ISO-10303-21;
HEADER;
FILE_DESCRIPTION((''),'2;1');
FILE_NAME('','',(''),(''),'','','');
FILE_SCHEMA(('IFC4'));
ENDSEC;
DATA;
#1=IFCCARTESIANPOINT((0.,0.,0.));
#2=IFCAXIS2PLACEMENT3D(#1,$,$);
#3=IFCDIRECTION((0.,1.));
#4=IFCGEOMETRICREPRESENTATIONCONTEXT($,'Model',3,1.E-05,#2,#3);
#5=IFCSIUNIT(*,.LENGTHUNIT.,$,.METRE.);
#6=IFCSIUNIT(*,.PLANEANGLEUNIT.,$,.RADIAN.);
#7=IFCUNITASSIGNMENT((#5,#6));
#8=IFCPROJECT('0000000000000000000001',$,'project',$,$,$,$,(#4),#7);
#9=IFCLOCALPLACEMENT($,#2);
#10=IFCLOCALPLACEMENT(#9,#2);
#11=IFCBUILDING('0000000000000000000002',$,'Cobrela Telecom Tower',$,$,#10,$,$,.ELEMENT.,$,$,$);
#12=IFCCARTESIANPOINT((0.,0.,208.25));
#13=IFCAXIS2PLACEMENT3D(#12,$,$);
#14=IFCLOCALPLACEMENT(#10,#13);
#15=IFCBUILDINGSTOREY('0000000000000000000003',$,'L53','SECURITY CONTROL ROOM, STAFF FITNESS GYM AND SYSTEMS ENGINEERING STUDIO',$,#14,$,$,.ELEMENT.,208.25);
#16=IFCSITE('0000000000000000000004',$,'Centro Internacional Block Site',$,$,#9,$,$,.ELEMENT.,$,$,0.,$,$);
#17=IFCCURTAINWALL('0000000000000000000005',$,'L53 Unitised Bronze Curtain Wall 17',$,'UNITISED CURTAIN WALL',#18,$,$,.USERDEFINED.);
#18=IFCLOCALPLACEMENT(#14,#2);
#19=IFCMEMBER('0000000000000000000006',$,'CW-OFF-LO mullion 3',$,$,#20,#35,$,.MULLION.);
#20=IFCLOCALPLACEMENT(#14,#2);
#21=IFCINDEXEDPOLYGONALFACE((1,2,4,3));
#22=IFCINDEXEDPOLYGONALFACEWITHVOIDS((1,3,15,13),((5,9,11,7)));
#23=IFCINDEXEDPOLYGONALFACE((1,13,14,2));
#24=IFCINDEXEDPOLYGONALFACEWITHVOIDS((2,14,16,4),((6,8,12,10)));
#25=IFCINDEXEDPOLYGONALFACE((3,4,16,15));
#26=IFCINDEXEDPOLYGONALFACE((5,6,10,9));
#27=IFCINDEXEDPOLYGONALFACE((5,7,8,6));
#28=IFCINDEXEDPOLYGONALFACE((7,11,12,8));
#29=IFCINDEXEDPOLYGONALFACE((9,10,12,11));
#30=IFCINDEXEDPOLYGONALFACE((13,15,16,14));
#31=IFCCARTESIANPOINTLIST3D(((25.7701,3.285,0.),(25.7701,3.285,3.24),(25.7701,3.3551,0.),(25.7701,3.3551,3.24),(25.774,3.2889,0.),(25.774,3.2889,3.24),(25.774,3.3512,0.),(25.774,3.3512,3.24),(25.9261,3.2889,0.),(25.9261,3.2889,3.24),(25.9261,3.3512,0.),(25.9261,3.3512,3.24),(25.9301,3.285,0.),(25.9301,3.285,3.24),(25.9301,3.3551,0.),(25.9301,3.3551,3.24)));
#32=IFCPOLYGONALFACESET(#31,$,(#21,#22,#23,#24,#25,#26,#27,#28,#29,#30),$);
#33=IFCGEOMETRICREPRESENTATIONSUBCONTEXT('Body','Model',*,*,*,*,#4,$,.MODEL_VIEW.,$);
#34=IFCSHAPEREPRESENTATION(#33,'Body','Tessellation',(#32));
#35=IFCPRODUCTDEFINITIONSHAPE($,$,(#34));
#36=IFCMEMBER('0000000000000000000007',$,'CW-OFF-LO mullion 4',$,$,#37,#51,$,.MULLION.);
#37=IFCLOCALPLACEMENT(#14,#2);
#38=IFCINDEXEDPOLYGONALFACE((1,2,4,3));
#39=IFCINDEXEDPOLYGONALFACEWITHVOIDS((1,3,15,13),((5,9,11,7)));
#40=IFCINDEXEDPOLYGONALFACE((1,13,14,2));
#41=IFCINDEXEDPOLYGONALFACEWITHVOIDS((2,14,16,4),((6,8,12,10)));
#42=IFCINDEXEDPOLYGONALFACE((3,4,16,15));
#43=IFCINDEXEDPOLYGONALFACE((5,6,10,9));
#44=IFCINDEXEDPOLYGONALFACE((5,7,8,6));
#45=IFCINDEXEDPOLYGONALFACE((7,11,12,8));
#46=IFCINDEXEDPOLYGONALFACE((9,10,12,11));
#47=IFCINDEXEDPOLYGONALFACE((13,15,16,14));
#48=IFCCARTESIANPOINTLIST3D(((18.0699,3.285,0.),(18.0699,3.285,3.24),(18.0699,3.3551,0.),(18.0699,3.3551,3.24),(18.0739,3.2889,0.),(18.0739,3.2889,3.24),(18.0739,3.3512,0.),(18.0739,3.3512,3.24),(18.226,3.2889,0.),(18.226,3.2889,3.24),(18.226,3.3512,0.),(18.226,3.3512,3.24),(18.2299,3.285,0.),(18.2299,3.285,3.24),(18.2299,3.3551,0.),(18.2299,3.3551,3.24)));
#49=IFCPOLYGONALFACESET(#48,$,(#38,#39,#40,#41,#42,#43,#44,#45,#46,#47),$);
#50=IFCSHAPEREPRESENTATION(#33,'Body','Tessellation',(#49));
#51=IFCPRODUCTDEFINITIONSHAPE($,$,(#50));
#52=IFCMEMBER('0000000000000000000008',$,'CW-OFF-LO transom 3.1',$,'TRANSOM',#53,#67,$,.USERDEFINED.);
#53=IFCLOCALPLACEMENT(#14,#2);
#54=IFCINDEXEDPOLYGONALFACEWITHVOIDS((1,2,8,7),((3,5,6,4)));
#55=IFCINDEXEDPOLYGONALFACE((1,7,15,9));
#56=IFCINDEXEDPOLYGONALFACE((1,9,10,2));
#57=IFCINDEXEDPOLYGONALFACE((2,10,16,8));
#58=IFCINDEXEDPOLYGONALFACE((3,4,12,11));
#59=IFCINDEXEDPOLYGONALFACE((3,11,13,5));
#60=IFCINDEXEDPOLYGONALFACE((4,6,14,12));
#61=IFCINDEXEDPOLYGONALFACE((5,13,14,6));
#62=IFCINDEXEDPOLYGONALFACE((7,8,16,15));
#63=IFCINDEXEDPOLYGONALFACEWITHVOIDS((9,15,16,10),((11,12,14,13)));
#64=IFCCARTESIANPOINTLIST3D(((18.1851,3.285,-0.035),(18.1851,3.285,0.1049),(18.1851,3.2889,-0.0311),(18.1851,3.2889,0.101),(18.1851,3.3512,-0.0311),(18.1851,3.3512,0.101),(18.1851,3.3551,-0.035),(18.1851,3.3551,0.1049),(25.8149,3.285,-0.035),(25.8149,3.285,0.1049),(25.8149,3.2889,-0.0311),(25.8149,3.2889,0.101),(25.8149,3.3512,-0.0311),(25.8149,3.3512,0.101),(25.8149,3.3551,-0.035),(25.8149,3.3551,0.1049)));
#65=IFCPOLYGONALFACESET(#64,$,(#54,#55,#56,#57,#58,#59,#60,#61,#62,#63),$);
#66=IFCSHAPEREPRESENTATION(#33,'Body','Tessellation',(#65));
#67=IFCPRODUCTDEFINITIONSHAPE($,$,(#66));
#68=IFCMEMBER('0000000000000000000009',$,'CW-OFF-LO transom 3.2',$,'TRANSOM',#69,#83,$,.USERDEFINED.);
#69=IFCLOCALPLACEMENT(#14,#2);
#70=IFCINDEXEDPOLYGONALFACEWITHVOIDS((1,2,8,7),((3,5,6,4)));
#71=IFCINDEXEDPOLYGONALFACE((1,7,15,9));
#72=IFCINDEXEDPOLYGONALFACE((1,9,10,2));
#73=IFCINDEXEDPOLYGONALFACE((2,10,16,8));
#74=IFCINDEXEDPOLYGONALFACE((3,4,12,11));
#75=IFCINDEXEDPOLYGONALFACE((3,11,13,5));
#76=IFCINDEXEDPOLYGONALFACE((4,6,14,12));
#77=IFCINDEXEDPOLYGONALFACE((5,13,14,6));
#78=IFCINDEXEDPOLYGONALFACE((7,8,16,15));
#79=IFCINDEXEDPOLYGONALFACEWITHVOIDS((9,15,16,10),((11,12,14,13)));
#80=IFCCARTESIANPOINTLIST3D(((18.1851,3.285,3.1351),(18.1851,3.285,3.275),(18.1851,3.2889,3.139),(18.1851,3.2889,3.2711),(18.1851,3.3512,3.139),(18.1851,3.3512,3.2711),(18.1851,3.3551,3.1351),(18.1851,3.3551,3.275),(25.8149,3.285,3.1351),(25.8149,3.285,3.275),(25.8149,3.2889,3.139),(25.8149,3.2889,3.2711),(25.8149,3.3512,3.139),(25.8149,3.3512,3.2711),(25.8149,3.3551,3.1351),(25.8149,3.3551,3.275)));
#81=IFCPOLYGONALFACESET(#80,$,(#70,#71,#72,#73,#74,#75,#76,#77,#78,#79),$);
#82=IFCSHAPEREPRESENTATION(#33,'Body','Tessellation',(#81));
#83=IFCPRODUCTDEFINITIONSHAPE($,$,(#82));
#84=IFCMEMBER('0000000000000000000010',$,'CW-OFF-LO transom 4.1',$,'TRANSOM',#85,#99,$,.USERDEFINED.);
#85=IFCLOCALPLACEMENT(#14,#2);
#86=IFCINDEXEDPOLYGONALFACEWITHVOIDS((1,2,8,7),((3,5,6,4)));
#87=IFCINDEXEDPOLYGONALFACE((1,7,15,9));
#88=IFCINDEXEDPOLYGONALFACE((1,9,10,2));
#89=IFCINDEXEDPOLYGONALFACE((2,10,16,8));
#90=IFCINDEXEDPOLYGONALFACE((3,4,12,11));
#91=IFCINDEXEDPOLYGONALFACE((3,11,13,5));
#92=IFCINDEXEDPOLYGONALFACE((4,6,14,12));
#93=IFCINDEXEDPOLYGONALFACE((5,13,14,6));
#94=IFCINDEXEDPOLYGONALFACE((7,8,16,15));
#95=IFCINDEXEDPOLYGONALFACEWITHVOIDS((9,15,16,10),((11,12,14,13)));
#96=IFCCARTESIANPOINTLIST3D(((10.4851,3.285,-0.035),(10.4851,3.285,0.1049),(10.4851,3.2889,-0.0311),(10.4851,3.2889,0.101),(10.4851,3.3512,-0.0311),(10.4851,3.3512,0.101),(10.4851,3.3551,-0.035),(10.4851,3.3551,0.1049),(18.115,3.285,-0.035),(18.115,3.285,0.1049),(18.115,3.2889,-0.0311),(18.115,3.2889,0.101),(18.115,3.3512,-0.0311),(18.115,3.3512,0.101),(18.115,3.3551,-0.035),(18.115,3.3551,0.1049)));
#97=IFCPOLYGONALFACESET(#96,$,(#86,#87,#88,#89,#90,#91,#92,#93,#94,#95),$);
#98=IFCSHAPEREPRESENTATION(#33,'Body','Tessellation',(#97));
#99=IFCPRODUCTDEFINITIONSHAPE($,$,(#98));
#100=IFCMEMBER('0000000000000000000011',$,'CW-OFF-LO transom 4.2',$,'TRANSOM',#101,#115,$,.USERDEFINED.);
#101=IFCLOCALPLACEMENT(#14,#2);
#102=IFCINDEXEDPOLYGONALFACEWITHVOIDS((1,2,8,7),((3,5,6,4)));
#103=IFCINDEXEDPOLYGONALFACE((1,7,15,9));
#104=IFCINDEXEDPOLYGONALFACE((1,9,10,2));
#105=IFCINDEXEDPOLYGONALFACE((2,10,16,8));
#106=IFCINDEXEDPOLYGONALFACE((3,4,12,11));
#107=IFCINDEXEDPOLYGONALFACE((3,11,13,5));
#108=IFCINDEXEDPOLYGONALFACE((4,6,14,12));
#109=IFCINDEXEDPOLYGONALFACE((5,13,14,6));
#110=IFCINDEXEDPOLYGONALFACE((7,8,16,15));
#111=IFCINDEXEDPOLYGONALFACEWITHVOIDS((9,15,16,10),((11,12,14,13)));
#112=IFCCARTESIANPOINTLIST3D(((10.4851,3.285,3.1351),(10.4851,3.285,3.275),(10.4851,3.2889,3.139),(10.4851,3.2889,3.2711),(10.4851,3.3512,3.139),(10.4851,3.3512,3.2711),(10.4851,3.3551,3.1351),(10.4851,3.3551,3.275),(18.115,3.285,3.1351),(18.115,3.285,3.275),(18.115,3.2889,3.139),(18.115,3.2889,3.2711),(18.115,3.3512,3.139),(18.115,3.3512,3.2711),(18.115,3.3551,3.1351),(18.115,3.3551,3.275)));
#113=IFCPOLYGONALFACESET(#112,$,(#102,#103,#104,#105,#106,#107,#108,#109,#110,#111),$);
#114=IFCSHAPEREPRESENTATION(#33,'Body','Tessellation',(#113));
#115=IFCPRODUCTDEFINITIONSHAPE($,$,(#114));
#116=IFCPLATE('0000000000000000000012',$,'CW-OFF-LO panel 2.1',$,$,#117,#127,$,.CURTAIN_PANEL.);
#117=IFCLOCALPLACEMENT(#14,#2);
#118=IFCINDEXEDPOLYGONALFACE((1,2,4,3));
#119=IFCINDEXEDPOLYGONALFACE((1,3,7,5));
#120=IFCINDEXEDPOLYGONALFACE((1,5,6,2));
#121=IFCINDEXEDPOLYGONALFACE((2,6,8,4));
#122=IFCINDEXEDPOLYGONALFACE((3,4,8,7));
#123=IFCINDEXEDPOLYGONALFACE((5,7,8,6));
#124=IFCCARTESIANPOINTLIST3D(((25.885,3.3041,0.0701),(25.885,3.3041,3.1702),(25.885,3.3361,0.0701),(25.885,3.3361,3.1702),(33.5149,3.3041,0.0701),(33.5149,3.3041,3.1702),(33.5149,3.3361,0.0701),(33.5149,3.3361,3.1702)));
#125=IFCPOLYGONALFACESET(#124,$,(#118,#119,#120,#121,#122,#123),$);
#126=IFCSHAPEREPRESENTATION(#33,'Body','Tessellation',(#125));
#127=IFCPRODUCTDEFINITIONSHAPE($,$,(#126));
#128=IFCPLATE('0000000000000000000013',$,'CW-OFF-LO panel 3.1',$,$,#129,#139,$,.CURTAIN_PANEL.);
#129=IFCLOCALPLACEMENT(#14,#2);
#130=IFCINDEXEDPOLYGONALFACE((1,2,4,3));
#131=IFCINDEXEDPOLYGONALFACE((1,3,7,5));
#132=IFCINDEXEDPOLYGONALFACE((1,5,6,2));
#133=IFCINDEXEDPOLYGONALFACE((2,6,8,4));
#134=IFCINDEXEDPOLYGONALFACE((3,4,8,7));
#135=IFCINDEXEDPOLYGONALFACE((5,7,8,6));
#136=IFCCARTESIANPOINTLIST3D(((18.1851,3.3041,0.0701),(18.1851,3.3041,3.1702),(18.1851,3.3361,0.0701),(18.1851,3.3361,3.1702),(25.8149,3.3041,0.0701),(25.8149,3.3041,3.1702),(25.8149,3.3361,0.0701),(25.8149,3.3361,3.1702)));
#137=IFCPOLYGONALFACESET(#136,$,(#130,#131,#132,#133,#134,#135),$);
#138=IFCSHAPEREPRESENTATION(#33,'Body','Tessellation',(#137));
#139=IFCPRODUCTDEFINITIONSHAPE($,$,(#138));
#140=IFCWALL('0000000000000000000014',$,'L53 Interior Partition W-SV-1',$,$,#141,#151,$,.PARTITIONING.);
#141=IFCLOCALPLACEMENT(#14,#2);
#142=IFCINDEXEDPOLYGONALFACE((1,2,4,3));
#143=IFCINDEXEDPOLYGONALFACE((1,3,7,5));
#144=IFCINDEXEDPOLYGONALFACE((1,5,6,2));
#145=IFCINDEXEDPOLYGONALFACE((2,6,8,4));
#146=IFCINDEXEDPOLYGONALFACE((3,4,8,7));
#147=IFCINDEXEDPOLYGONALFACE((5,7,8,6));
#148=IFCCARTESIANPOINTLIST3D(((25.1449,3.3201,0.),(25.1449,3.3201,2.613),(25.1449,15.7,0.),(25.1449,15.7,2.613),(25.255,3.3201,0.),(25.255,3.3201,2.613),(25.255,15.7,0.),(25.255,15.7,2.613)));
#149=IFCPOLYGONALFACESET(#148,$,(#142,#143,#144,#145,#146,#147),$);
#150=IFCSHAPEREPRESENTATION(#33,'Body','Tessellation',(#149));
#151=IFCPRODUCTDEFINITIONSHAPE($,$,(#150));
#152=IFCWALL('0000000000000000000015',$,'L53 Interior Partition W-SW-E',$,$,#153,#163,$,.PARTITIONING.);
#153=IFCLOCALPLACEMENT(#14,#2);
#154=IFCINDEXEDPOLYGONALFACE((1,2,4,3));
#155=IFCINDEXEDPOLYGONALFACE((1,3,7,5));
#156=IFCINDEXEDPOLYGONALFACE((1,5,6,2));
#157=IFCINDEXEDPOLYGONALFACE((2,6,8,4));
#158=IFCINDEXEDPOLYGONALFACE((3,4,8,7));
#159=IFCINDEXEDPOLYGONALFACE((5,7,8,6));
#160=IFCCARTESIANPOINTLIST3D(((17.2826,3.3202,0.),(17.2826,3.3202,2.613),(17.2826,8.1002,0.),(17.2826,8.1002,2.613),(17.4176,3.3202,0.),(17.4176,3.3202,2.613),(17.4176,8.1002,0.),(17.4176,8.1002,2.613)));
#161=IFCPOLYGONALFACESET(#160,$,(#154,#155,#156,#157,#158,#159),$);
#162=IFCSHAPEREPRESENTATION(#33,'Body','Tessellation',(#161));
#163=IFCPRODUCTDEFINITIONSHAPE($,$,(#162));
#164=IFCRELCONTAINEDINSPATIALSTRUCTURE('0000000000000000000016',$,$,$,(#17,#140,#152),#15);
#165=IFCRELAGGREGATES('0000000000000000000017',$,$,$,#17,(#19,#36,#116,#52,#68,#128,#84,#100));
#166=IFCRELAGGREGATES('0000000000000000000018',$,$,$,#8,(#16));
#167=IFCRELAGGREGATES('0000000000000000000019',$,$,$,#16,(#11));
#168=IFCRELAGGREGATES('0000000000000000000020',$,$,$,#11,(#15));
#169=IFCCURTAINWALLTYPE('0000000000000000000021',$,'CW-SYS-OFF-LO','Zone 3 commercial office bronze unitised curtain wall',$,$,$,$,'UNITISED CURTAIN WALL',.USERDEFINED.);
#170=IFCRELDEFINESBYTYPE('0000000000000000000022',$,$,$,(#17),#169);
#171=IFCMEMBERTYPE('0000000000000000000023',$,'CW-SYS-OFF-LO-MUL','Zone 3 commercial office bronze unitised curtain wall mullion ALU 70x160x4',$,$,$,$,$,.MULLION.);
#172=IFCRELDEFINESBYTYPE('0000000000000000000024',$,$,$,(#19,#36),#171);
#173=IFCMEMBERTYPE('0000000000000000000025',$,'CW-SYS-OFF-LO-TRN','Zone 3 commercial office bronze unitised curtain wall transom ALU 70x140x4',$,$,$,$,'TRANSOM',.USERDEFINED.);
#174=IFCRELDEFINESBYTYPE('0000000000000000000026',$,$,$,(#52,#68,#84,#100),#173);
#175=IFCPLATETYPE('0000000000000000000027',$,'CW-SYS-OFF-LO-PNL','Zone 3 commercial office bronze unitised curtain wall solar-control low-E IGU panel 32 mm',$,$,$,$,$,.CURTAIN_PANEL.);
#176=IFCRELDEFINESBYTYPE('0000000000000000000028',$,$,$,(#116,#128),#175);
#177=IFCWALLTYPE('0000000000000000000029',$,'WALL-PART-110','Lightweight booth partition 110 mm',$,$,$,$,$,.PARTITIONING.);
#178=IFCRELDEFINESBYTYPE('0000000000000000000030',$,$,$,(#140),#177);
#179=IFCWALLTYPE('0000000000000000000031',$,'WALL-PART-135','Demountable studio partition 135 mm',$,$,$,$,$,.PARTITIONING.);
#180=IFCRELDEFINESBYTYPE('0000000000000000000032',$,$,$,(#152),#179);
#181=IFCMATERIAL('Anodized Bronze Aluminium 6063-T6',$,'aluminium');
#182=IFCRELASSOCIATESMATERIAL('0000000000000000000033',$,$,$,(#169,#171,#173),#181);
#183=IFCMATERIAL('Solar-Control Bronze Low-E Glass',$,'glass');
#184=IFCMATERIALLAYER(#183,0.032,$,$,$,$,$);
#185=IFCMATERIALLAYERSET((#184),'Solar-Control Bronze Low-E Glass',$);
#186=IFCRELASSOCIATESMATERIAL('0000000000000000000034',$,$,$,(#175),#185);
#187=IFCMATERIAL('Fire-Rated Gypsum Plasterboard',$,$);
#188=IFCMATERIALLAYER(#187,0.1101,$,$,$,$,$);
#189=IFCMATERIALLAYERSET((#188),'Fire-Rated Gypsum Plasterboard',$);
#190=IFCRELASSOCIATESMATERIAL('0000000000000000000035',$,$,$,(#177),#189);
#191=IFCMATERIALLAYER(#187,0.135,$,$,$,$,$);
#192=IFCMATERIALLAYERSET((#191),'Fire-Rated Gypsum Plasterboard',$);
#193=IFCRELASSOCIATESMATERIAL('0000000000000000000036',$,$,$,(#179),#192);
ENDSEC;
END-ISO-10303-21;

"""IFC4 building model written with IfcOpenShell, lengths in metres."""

from ifc_helpers import new_model, si_unit, direction, frame, frame_2d, origin, origin_2d, place, context, subcontext, project, spatial, rectangle, hollow_rectangle, extrude, material, layer, layer_set, material_profile, profile_set, type_object, element, aggregate, save


model = new_model("IFC4")

# Units and contexts
model_context = context("Model", 3, precision=1e-05, world=origin(), true_north=direction((0.0, 1.0)))
body_context = subcontext(model_context, "Body", "Model", "MODEL_VIEW")
ifc_project = project(units=[si_unit("LENGTHUNIT", "METRE"), si_unit("PLANEANGLEUNIT", "RADIAN")], contexts=[model_context])

# Site, building, storey
site_placement = place(None, origin())
site = spatial("IfcSite", under=ifc_project, at=site_placement, Name="Centro Internacional Block Site", CompositionType="ELEMENT", RefElevation=0.0)
building_placement = place(site_placement, origin())
building = spatial("IfcBuilding", under=site, at=building_placement, Name="Cobrela Telecom Tower", CompositionType="ELEMENT")
storey_placement = place(building_placement, frame((0.0, 0.0, 208.25)))
storey = spatial("IfcBuildingStorey", under=building, at=storey_placement, Name="L53", Description="SECURITY CONTROL ROOM, STAFF FITNESS GYM AND SYSTEMS ENGINEERING STUDIO", CompositionType="ELEMENT", Elevation=208.25)

# Curtain wall, members, plates
ifc_material_1 = material(Name="Anodized Bronze Aluminium 6063-T6", Category="aluminium")
curtain_wall_type = type_object("IfcCurtainWallType", Name="CW-SYS-OFF-LO", Description="Zone 3 commercial office bronze unitised curtain wall", ElementType="UNITISED CURTAIN WALL", PredefinedType="USERDEFINED", material=ifc_material_1)
curtain_wall_placement = place(storey_placement, origin())
curtain_wall = element("IfcCurtainWall", 1, at=curtain_wall_placement, inside=storey, type_object=curtain_wall_type, Name="L53 Unitised Bronze Curtain Wall 17", ObjectType="UNITISED CURTAIN WALL", PredefinedType="USERDEFINED")
ifc_material_profile_1 = material_profile(ifc_material_1, hollow_rectangle(XDim=0.0701, YDim=0.1599, WallThickness=0.0039, at=origin_2d()), Name="ALU 70x160x4")
ifc_profile_set_1 = profile_set([ifc_material_profile_1], Name="Anodized Bronze Aluminium 6063-T6")
member_type_1 = type_object("IfcMemberType", Name="CW-SYS-OFF-LO-MUL", Description="Zone 3 commercial office bronze unitised curtain wall mullion ALU 70x160x4", PredefinedType="MULLION", material=ifc_profile_set_1)
member_1_placement = place(storey_placement, frame((25.8501, 3.3201, 0.0), z_axis=(0.0, 0.0, 1.0), x_axis=(0.0, -1.0, 0.0)))
member_1 = element("IfcMember", 2, at=member_1_placement, type_object=member_type_1, Name="CW-OFF-LO mullion 3", PredefinedType="MULLION", context=body_context, shape_type="SweptSolid", body=[
    extrude(hollow_rectangle(XDim=0.0701, YDim=0.1599, WallThickness=0.0039, at=origin_2d()), origin(), (0.0, 0.0, 1.0), 3.24),
])
member_2_placement = place(storey_placement, frame((18.1499, 3.3201, 0.0), z_axis=(0.0, 0.0, 1.0), x_axis=(0.0, -1.0, 0.0)))
member_2 = element("IfcMember", 3, at=member_2_placement, type_object=member_type_1, Name="CW-OFF-LO mullion 4", PredefinedType="MULLION", context=body_context, shape_type="SweptSolid", body=[
    extrude(hollow_rectangle(XDim=0.0701, YDim=0.1599, WallThickness=0.0039, at=origin_2d()), origin(), (0.0, 0.0, 1.0), 3.24),
])
ifc_material_profile_2 = material_profile(ifc_material_1, hollow_rectangle(XDim=0.0701, YDim=0.1399, WallThickness=0.0039, at=origin_2d()), Name="ALU 70x140x4")
ifc_profile_set_2 = profile_set([ifc_material_profile_2], Name="Anodized Bronze Aluminium 6063-T6")
member_type_2 = type_object("IfcMemberType", Name="CW-SYS-OFF-LO-TRN", Description="Zone 3 commercial office bronze unitised curtain wall transom ALU 70x140x4", ElementType="TRANSOM", PredefinedType="USERDEFINED", material=ifc_profile_set_2)
member_3_placement = place(storey_placement, frame((25.8149, 3.3201, 0.0349), z_axis=(-1.0, 0.0, 0.0), x_axis=(0.0, -1.0, 0.0)))
member_3 = element("IfcMember", 4, at=member_3_placement, type_object=member_type_2, Name="CW-OFF-LO transom 3.1", ObjectType="TRANSOM", PredefinedType="USERDEFINED", context=body_context, shape_type="SweptSolid", body=[
    extrude(hollow_rectangle(XDim=0.0701, YDim=0.1399, WallThickness=0.0039, at=origin_2d()), origin(), (0.0, 0.0, 1.0), 7.6299),
])
member_4_placement = place(storey_placement, frame((25.8149, 3.3201, 3.2051), z_axis=(-1.0, 0.0, 0.0), x_axis=(0.0, -1.0, 0.0)))
member_4 = element("IfcMember", 5, at=member_4_placement, type_object=member_type_2, Name="CW-OFF-LO transom 3.2", ObjectType="TRANSOM", PredefinedType="USERDEFINED", context=body_context, shape_type="SweptSolid", body=[
    extrude(hollow_rectangle(XDim=0.0701, YDim=0.1399, WallThickness=0.0039, at=origin_2d()), origin(), (0.0, 0.0, 1.0), 7.6299),
])
member_5_placement = place(storey_placement, frame((18.115, 3.3201, 0.0349), z_axis=(-1.0, 0.0, 0.0), x_axis=(0.0, -1.0, 0.0)))
member_5 = element("IfcMember", 6, at=member_5_placement, type_object=member_type_2, Name="CW-OFF-LO transom 4.1", ObjectType="TRANSOM", PredefinedType="USERDEFINED", context=body_context, shape_type="SweptSolid", body=[
    extrude(hollow_rectangle(XDim=0.0701, YDim=0.1399, WallThickness=0.0039, at=origin_2d()), origin(), (0.0, 0.0, 1.0), 7.6299),
])
member_6_placement = place(storey_placement, frame((18.115, 3.3201, 3.2051), z_axis=(-1.0, 0.0, 0.0), x_axis=(0.0, -1.0, 0.0)))
member_6 = element("IfcMember", 7, at=member_6_placement, type_object=member_type_2, Name="CW-OFF-LO transom 4.2", ObjectType="TRANSOM", PredefinedType="USERDEFINED", context=body_context, shape_type="SweptSolid", body=[
    extrude(hollow_rectangle(XDim=0.0701, YDim=0.1399, WallThickness=0.0039, at=origin_2d()), origin(), (0.0, 0.0, 1.0), 7.6299),
])
ifc_material_2 = material(Name="Solar-Control Bronze Low-E Glass", Category="glass")
ifc_layer_1 = layer(ifc_material_2, 0.032)
ifc_layer_set_1 = layer_set([ifc_layer_1], Name="Solar-Control Bronze Low-E Glass")
plate_type = type_object("IfcPlateType", Name="CW-SYS-OFF-LO-PNL", Description="Zone 3 commercial office bronze unitised curtain wall solar-control low-E IGU panel 32 mm", PredefinedType="CURTAIN_PANEL", material=ifc_layer_set_1)
plate_1_placement = place(storey_placement, frame((29.7, 3.3201, 0.0701), z_axis=(0.0, 0.0, 1.0), x_axis=(-1.0, 0.0, 0.0)))
plate_1 = element("IfcPlate", 8, at=plate_1_placement, type_object=plate_type, Name="CW-OFF-LO panel 2.1", PredefinedType="CURTAIN_PANEL", context=body_context, shape_type="SweptSolid", body=[
    extrude(rectangle(XDim=7.6299, YDim=0.032, at=origin_2d()), origin(), (0.0, 0.0, 1.0), 3.1001),
])
plate_2_placement = place(storey_placement, frame((22.0, 3.3201, 0.0701), z_axis=(0.0, 0.0, 1.0), x_axis=(-1.0, 0.0, 0.0)))
plate_2 = element("IfcPlate", 9, at=plate_2_placement, type_object=plate_type, Name="CW-OFF-LO panel 3.1", PredefinedType="CURTAIN_PANEL", context=body_context, shape_type="SweptSolid", body=[
    extrude(rectangle(XDim=7.6299, YDim=0.032, at=origin_2d()), origin(), (0.0, 0.0, 1.0), 3.1001),
])
aggregate(curtain_wall, [member_1, member_2, plate_1, member_3, member_4, plate_2, member_5, member_6])

# Walls
ifc_material_3 = material(Name="Fire-Rated Gypsum Plasterboard")
ifc_layer_2 = layer(ifc_material_3, 0.1101)
ifc_layer_set_2 = layer_set([ifc_layer_2], Name="Fire-Rated Gypsum Plasterboard")
wall_type_1 = type_object("IfcWallType", Name="WALL-PART-110", Description="Lightweight booth partition 110 mm", PredefinedType="PARTITIONING", material=ifc_layer_set_2)
wall_1_placement = place(storey_placement, frame((25.2, 3.3201, 0.0), z_axis=(0.0, 0.0, 1.0), x_axis=(0.0, 1.0, 0.0)))
element("IfcWall", 10, at=wall_1_placement, inside=storey, type_object=wall_type_1, Name="L53 Interior Partition W-SV-1", PredefinedType="PARTITIONING", context=body_context, shape_type="SweptSolid", body=[
    extrude(rectangle(XDim=12.3799, YDim=0.1101, at=frame_2d((6.1899, 0.0))), origin(), (0.0, 0.0, 1.0), 2.613),
])
ifc_layer_3 = layer(ifc_material_3, 0.135)
ifc_layer_set_3 = layer_set([ifc_layer_3], Name="Fire-Rated Gypsum Plasterboard")
wall_type_2 = type_object("IfcWallType", Name="WALL-PART-135", Description="Demountable studio partition 135 mm", PredefinedType="PARTITIONING", material=ifc_layer_set_3)
wall_2_placement = place(storey_placement, frame((17.3501, 3.3201, 0.0), z_axis=(0.0, 0.0, 1.0), x_axis=(0.0, 1.0, 0.0)))
element("IfcWall", 11, at=wall_2_placement, inside=storey, type_object=wall_type_2, Name="L53 Interior Partition W-SW-E", PredefinedType="PARTITIONING", context=body_context, shape_type="SweptSolid", body=[
    extrude(rectangle(XDim=4.78, YDim=0.135, at=frame_2d((2.3901, 0.0))), origin(), (0.0, 0.0, 1.0), 2.613),
])

save(model, "model.ifc")
